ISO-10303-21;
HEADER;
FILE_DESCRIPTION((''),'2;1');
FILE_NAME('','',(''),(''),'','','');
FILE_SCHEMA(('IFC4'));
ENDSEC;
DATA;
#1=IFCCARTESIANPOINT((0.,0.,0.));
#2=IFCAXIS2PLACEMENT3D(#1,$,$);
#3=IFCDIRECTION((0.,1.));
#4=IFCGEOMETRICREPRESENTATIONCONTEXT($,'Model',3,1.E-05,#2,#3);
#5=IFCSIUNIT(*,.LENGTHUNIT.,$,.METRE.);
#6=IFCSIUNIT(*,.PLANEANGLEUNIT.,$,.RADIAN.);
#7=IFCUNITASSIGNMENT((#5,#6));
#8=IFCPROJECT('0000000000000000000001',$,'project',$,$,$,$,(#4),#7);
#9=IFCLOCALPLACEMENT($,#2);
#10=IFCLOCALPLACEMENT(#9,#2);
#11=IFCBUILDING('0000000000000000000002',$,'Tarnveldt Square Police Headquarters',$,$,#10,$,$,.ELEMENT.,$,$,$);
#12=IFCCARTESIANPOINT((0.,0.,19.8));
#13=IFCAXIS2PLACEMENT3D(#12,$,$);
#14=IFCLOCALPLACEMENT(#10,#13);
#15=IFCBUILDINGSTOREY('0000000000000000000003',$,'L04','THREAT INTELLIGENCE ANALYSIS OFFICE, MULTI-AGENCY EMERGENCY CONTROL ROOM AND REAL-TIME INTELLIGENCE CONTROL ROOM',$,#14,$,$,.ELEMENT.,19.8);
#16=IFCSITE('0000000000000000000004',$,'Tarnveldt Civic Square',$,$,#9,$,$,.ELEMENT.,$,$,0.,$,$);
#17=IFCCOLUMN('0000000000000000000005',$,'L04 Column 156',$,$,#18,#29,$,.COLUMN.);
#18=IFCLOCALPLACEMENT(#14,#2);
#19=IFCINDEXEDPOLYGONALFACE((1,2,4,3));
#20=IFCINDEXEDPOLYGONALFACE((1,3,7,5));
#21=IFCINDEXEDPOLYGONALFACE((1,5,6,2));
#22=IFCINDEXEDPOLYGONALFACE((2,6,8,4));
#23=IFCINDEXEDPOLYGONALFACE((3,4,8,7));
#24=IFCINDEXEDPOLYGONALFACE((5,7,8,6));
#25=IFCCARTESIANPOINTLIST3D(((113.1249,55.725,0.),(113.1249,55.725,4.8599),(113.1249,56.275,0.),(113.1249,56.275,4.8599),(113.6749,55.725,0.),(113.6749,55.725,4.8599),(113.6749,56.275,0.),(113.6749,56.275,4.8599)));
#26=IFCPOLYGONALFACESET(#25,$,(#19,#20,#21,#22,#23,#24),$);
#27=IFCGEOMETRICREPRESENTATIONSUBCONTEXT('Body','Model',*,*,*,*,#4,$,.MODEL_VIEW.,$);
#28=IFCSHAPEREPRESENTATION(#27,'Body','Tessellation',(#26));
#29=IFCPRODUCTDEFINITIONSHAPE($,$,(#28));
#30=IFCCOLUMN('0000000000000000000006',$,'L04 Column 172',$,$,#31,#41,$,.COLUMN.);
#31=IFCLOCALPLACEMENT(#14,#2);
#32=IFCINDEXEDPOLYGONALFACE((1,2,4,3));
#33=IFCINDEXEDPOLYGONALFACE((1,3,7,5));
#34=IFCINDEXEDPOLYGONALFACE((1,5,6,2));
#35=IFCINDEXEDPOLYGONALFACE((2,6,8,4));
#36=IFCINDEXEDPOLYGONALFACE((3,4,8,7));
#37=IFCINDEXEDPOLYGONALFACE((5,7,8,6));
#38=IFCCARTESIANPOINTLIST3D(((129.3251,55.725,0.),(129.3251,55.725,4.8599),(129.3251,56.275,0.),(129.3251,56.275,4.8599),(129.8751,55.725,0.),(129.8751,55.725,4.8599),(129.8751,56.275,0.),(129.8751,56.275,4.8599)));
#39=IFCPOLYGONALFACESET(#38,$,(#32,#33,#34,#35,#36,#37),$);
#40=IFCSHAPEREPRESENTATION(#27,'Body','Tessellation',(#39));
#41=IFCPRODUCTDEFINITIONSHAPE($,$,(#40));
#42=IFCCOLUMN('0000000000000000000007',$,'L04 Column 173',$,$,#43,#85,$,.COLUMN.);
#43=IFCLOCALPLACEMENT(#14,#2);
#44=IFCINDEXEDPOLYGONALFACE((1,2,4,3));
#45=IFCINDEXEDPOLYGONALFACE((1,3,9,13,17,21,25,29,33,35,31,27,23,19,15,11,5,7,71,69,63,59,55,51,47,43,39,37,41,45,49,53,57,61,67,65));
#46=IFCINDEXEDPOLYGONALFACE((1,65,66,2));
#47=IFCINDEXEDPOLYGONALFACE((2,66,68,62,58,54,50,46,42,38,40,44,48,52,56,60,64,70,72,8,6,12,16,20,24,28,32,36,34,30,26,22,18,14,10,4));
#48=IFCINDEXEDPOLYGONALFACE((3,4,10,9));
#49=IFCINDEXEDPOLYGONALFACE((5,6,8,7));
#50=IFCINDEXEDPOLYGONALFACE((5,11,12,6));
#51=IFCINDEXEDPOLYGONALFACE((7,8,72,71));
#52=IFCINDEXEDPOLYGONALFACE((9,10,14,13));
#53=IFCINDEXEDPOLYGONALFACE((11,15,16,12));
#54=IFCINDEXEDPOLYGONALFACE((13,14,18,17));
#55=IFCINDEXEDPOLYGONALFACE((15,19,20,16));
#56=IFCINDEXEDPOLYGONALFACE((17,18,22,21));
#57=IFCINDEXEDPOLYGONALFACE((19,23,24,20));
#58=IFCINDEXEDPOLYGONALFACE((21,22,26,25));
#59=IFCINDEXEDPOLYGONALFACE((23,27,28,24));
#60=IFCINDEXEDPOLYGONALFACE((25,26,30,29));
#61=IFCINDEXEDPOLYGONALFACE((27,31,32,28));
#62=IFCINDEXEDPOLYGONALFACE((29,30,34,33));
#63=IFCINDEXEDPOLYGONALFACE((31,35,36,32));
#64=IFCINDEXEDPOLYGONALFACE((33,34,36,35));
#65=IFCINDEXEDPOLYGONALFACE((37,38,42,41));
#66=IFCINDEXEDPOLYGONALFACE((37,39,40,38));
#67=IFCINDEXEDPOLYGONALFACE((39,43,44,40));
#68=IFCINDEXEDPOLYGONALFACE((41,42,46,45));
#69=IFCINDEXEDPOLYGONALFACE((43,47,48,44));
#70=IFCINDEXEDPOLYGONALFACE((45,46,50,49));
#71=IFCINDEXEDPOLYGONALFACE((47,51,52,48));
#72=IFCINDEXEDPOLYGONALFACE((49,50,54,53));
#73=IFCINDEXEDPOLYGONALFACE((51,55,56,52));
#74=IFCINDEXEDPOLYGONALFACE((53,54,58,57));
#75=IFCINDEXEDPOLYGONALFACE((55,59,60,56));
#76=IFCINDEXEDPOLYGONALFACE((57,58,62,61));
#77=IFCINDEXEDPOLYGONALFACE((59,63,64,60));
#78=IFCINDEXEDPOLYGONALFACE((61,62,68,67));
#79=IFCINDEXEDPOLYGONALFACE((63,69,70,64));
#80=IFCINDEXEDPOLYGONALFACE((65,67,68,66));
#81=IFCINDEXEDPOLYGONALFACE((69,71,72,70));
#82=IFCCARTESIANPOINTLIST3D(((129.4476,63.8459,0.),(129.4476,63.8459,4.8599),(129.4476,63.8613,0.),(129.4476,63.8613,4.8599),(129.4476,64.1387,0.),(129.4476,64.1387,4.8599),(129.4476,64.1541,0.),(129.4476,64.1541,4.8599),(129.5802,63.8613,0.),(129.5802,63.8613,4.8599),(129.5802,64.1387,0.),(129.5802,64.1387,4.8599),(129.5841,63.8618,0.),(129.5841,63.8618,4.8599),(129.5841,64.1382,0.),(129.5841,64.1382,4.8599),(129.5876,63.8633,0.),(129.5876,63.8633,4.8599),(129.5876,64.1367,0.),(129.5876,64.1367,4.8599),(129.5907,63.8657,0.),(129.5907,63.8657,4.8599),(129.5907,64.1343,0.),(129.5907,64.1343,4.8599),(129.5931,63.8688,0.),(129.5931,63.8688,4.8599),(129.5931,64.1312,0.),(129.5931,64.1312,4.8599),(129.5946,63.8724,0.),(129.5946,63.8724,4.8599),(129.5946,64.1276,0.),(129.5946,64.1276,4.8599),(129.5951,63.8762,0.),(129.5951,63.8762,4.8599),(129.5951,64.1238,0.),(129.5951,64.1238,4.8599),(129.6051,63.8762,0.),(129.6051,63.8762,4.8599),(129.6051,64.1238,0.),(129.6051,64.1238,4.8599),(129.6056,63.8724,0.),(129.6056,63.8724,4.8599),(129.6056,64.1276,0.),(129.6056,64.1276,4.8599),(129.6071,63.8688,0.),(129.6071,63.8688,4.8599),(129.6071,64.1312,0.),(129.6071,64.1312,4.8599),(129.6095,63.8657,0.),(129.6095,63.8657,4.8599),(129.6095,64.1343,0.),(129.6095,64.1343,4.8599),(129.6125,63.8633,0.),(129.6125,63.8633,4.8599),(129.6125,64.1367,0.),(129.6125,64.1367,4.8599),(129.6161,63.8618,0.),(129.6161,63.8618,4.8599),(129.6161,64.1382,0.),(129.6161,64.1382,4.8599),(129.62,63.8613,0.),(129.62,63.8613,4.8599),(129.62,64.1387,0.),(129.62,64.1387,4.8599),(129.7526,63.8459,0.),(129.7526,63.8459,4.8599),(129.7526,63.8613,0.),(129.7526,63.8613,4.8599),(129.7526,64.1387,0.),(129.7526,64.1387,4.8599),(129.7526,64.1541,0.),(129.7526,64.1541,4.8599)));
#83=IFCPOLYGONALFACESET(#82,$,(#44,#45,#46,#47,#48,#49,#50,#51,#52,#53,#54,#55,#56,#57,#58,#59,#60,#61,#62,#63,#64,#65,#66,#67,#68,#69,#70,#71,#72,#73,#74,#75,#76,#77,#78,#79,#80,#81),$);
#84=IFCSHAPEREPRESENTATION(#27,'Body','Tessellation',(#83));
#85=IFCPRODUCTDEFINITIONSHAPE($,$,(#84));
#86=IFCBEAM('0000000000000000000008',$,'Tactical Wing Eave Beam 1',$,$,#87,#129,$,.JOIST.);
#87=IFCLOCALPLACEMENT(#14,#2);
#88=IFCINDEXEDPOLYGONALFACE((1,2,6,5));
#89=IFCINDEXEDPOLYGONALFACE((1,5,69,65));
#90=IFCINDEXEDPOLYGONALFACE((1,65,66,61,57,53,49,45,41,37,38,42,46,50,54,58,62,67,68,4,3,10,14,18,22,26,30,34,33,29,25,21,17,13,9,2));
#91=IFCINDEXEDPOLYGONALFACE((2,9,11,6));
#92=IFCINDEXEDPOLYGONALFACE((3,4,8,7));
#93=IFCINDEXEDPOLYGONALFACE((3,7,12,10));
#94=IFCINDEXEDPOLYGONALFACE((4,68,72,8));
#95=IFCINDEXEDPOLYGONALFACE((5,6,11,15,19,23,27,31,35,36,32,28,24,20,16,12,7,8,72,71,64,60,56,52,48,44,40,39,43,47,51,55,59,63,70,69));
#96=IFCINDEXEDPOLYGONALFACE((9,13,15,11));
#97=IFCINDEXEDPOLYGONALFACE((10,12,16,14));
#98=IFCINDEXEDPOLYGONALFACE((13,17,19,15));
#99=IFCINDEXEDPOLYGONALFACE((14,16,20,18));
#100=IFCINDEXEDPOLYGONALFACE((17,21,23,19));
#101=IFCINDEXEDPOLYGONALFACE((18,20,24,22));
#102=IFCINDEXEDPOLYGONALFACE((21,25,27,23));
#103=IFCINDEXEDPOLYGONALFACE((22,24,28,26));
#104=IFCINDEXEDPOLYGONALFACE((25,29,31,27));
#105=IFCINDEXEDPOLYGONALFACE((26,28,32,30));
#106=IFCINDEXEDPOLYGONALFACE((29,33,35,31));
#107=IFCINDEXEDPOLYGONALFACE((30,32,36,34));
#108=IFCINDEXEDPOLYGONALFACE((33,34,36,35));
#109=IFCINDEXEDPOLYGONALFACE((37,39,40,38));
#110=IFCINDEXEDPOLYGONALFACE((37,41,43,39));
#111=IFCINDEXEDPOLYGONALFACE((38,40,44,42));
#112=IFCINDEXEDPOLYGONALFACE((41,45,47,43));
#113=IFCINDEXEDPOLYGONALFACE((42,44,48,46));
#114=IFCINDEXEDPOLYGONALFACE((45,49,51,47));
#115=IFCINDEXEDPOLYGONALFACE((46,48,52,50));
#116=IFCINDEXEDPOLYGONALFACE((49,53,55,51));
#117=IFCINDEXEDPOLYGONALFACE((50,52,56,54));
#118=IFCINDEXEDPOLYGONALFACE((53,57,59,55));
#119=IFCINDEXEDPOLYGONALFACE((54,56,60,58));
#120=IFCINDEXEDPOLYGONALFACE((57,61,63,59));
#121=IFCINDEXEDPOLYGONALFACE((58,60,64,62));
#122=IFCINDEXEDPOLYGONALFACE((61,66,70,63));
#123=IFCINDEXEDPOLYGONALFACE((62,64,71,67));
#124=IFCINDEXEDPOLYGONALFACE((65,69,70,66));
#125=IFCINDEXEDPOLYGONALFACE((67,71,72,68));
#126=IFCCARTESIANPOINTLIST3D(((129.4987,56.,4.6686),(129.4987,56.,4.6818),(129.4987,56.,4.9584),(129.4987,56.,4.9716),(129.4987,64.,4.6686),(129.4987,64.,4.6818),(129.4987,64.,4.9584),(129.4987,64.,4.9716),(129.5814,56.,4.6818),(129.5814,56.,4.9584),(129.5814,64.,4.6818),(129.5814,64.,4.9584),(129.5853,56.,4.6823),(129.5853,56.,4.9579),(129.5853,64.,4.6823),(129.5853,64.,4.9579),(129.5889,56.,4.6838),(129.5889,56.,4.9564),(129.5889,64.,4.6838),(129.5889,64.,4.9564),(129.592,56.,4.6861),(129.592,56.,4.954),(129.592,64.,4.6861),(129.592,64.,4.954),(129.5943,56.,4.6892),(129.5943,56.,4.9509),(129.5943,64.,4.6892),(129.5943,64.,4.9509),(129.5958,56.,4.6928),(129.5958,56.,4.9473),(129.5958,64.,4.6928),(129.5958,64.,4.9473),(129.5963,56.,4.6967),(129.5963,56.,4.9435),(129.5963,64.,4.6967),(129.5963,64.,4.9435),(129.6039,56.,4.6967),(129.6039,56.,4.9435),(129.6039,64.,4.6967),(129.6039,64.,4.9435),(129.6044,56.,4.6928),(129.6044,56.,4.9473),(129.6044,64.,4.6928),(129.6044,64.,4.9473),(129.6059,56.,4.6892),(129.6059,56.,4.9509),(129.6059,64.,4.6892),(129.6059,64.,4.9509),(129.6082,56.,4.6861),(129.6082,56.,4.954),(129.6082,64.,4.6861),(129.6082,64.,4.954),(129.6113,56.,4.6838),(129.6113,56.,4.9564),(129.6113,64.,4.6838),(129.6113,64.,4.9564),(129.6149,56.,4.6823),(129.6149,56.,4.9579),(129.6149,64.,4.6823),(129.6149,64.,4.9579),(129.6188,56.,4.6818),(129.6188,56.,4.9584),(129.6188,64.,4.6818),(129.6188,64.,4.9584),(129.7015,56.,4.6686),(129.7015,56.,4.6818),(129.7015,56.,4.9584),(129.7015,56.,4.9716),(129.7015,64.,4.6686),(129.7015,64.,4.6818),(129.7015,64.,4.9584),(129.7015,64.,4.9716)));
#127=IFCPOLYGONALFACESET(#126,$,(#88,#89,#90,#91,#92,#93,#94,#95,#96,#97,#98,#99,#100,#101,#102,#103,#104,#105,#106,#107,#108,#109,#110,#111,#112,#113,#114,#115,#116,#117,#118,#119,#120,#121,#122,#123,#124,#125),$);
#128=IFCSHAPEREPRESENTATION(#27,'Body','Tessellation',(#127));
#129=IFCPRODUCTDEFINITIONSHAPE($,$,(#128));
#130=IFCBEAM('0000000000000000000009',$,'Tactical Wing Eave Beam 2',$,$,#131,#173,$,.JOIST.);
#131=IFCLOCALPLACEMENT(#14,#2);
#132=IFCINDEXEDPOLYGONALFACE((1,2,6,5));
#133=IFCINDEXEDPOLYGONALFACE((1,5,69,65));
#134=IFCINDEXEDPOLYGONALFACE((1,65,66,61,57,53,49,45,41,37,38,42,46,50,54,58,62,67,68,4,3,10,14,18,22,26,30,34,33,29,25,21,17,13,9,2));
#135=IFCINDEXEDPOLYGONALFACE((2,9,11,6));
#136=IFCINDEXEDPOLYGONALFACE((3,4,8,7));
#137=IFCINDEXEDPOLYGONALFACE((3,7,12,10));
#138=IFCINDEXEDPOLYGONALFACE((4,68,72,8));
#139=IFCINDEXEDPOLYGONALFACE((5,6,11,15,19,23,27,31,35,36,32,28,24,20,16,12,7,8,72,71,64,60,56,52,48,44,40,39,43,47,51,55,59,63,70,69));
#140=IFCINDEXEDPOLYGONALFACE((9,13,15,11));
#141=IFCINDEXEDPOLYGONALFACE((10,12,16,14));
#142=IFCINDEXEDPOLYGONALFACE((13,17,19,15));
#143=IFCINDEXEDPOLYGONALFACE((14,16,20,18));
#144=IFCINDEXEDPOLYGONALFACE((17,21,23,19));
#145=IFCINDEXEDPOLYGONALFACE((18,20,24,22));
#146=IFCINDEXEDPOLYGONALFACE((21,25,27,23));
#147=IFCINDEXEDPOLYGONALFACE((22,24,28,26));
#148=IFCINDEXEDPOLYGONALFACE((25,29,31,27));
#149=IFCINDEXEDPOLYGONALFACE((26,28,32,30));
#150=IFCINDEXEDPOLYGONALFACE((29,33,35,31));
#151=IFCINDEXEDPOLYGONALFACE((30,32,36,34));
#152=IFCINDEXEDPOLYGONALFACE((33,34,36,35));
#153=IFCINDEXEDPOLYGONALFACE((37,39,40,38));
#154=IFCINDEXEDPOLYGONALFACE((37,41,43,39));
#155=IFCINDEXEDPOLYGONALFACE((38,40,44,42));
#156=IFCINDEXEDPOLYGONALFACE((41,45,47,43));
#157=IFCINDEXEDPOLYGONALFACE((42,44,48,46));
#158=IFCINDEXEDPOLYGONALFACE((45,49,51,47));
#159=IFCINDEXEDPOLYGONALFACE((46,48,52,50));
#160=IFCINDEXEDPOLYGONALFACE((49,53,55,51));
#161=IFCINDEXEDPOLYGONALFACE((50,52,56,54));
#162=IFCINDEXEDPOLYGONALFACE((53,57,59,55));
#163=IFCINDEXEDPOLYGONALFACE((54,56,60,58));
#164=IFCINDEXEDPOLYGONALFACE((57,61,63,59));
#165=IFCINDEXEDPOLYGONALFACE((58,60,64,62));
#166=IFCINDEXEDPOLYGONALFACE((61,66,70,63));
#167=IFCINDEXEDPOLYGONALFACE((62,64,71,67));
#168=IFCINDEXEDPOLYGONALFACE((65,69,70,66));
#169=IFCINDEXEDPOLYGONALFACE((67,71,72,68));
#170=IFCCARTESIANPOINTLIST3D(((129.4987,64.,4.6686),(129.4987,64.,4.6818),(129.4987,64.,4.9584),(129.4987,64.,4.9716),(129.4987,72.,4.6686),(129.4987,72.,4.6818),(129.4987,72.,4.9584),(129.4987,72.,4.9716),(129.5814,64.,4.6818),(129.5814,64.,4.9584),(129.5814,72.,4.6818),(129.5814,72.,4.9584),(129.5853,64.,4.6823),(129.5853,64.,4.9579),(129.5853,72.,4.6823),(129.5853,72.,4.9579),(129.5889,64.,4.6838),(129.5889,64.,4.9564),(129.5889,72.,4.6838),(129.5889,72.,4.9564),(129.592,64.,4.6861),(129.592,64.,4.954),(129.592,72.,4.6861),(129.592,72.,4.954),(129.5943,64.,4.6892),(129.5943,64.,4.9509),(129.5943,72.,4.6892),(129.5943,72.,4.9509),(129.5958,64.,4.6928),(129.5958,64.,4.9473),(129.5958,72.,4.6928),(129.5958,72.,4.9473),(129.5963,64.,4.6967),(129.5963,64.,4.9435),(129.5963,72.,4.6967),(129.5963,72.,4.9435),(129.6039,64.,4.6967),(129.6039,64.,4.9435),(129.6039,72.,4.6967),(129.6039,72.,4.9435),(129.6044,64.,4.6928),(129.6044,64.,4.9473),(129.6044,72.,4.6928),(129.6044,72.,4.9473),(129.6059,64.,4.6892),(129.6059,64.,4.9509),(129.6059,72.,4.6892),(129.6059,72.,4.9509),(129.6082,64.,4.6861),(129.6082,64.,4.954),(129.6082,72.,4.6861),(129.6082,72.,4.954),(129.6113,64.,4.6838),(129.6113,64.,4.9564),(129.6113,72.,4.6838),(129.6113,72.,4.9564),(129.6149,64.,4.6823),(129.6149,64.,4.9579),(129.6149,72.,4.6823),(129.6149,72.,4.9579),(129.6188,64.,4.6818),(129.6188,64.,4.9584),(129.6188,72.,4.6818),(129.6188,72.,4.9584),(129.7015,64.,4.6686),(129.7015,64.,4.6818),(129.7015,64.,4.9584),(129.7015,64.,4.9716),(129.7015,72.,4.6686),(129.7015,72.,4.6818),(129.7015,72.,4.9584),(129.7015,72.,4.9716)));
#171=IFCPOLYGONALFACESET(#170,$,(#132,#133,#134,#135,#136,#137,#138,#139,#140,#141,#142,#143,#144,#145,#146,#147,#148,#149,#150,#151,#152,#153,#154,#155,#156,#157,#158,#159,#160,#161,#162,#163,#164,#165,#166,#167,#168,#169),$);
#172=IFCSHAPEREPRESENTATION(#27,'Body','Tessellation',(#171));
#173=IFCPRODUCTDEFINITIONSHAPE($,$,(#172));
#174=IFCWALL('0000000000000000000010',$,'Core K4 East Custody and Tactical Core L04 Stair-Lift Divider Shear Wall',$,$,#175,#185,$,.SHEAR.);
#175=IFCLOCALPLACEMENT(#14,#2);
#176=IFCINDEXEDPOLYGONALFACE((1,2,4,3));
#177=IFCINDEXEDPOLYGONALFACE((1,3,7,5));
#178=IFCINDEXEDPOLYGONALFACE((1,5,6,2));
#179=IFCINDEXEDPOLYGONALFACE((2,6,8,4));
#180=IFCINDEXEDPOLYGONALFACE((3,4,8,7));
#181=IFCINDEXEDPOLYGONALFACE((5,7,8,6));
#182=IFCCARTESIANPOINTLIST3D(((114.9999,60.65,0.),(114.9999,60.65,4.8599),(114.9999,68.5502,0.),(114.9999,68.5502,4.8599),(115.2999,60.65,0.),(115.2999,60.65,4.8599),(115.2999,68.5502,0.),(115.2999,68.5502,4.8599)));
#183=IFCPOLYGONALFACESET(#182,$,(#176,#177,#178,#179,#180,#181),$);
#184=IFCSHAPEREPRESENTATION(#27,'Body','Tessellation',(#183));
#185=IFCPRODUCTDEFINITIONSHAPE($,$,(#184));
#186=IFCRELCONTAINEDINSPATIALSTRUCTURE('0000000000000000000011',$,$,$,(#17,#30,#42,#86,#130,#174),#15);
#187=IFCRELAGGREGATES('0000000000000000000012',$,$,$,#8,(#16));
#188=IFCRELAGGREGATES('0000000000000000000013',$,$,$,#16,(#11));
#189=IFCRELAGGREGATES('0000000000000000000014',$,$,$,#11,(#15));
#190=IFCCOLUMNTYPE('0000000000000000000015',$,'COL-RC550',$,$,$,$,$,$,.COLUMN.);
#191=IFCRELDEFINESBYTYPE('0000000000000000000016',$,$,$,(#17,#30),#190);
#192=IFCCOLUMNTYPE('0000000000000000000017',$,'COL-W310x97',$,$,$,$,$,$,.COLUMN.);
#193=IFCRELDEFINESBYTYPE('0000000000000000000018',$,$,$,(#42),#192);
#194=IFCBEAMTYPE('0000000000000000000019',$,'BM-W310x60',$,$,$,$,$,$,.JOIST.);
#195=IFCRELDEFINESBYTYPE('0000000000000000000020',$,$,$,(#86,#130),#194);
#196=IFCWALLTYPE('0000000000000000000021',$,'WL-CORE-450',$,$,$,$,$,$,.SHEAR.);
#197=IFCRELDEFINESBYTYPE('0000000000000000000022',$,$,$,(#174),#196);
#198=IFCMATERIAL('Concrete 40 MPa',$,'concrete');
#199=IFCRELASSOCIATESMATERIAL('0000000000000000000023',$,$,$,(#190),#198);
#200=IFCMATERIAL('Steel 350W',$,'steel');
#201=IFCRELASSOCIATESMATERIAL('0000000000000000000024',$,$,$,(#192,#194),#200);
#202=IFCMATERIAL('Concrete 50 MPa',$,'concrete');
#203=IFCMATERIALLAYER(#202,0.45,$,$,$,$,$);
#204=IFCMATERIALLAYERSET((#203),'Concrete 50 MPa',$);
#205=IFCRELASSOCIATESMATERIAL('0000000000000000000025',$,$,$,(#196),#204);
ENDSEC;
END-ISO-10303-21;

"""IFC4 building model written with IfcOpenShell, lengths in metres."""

from ifc_helpers import new_model, si_unit, direction, frame, frame_2d, origin, origin_2d, place, context, subcontext, project, spatial, rectangle, i_section, extrude, material, layer, layer_set, material_profile, profile_set, type_object, element, save


model = new_model("IFC4")

# Units and contexts
model_context = context("Model", 3, precision=1e-05, world=origin(), true_north=direction((0.0, 1.0)))
body_context = subcontext(model_context, "Body", "Model", "MODEL_VIEW")
ifc_project = project(units=[si_unit("LENGTHUNIT", "METRE"), si_unit("PLANEANGLEUNIT", "RADIAN")], contexts=[model_context])

# Site, building, storey
site_placement = place(None, origin())
site = spatial("IfcSite", under=ifc_project, at=site_placement, Name="Tarnveldt Civic Square", CompositionType="ELEMENT", RefElevation=0.0)
building_placement = place(site_placement, origin())
building = spatial("IfcBuilding", under=site, at=building_placement, Name="Tarnveldt Square Police Headquarters", CompositionType="ELEMENT")
storey_placement = place(building_placement, frame((0.0, 0.0, 19.8)))
storey = spatial("IfcBuildingStorey", under=building, at=storey_placement, Name="L04", Description="THREAT INTELLIGENCE ANALYSIS OFFICE, MULTI-AGENCY EMERGENCY CONTROL ROOM AND REAL-TIME INTELLIGENCE CONTROL ROOM", CompositionType="ELEMENT", Elevation=19.8)

# Columns
ifc_material_1 = material(Name="Concrete 40 MPa", Category="concrete")
ifc_material_profile_1 = material_profile(ifc_material_1, rectangle(XDim=0.55, YDim=0.55, at=origin_2d()), Name="RC-C550x550")
ifc_profile_set_1 = profile_set([ifc_material_profile_1], Name="Concrete 40 MPa")
column_type_1 = type_object("IfcColumnType", Name="COL-RC550", PredefinedType="COLUMN", material=ifc_profile_set_1)
for number, where, z_axis, x_axis, name in (
    (1, (113.3999, 56.0, 0.0), (0.0, 0.0, 1.0), (1.0, 0.0, 0.0), "L04 Column 156"),
    (2, (129.6001, 56.0, 0.0), (0.0, 0.0, 1.0), (1.0, 0.0, 0.0), "L04 Column 172"),
):
    element("IfcColumn", number, at=place(storey_placement, frame(where, z_axis=z_axis, x_axis=x_axis)), inside=storey, type_object=column_type_1, Name=name, PredefinedType="COLUMN", context=body_context, shape_type="SweptSolid", body=[
        extrude(rectangle(XDim=0.55, YDim=0.55, at=origin_2d()), origin(), (0.0, 0.0, 1.0), 4.8599),
    ])
ifc_material_2 = material(Name="Steel 350W", Category="steel")
ifc_material_profile_2 = material_profile(ifc_material_2, i_section(OverallWidth=0.3049, OverallDepth=0.3081, WebThickness=0.01, FlangeThickness=0.0154, FilletRadius=0.0149, at=origin_2d()), Name="W310x97")
ifc_profile_set_2 = profile_set([ifc_material_profile_2], Name="Steel 350W")
column_type_2 = type_object("IfcColumnType", Name="COL-W310x97", PredefinedType="COLUMN", material=ifc_profile_set_2)
column_placement = place(storey_placement, frame((129.6001, 64.0, 0.0), z_axis=(0.0, 0.0, 1.0), x_axis=(1.0, 0.0, 0.0)))
element("IfcColumn", 3, at=column_placement, inside=storey, type_object=column_type_2, Name="L04 Column 173", PredefinedType="COLUMN", context=body_context, shape_type="SweptSolid", body=[
    extrude(i_section(OverallWidth=0.3049, OverallDepth=0.3081, WebThickness=0.01, FlangeThickness=0.0154, FilletRadius=0.0149, at=origin_2d()), origin(), (0.0, 0.0, 1.0), 4.8599),
])

# Beams
ifc_material_profile_3 = material_profile(ifc_material_2, i_section(OverallWidth=0.2029, OverallDepth=0.303, WebThickness=0.0076, FlangeThickness=0.0132, FilletRadius=0.0149, at=origin_2d()), Name="W310x60")
ifc_profile_set_3 = profile_set([ifc_material_profile_3], Name="Steel 350W")
beam_type = type_object("IfcBeamType", Name="BM-W310x60", PredefinedType="JOIST", material=ifc_profile_set_3)
for number, where, z_axis, x_axis, name in (
    (4, (129.6001, 56.0, 4.8201), (0.0, 1.0, 0.0), (-1.0, 0.0, 0.0), "Tactical Wing Eave Beam 1"),
    (5, (129.6001, 64.0, 4.8201), (0.0, 1.0, 0.0), (-1.0, 0.0, 0.0), "Tactical Wing Eave Beam 2"),
):
    element("IfcBeam", number, at=place(storey_placement, frame(where, z_axis=z_axis, x_axis=x_axis)), inside=storey, type_object=beam_type, Name=name, PredefinedType="JOIST", context=body_context, shape_type="SweptSolid", body=[
        extrude(i_section(OverallWidth=0.2029, OverallDepth=0.303, WebThickness=0.0076, FlangeThickness=0.0132, FilletRadius=0.0149, at=origin_2d()), origin(), (0.0, 0.0, 1.0), 8.0),
    ])

# Wall
ifc_material_3 = material(Name="Concrete 50 MPa", Category="concrete")
ifc_layer_1 = layer(ifc_material_3, 0.45)
ifc_layer_set_1 = layer_set([ifc_layer_1], Name="Concrete 50 MPa")
wall_type_1 = type_object("IfcWallType", Name="WL-CORE-450", PredefinedType="SHEAR", material=ifc_layer_set_1)
wall_1_placement = place(storey_placement, frame((115.1499, 60.6499, 0.0), z_axis=(0.0, 0.0, 1.0), x_axis=(0.0, 1.0, 0.0)))
element("IfcWall", 6, at=wall_1_placement, inside=storey, type_object=wall_type_1, Name="Core K4 East Custody and Tactical Core L04 Stair-Lift Divider Shear Wall", PredefinedType="SHEAR", context=body_context, shape_type="SweptSolid", body=[
    extrude(rectangle(XDim=7.9001, YDim=0.3, at=frame_2d((3.9502, 0.0))), origin(), (0.0, 0.0, 1.0), 4.8599),
])

save(model, "model.ifc")
